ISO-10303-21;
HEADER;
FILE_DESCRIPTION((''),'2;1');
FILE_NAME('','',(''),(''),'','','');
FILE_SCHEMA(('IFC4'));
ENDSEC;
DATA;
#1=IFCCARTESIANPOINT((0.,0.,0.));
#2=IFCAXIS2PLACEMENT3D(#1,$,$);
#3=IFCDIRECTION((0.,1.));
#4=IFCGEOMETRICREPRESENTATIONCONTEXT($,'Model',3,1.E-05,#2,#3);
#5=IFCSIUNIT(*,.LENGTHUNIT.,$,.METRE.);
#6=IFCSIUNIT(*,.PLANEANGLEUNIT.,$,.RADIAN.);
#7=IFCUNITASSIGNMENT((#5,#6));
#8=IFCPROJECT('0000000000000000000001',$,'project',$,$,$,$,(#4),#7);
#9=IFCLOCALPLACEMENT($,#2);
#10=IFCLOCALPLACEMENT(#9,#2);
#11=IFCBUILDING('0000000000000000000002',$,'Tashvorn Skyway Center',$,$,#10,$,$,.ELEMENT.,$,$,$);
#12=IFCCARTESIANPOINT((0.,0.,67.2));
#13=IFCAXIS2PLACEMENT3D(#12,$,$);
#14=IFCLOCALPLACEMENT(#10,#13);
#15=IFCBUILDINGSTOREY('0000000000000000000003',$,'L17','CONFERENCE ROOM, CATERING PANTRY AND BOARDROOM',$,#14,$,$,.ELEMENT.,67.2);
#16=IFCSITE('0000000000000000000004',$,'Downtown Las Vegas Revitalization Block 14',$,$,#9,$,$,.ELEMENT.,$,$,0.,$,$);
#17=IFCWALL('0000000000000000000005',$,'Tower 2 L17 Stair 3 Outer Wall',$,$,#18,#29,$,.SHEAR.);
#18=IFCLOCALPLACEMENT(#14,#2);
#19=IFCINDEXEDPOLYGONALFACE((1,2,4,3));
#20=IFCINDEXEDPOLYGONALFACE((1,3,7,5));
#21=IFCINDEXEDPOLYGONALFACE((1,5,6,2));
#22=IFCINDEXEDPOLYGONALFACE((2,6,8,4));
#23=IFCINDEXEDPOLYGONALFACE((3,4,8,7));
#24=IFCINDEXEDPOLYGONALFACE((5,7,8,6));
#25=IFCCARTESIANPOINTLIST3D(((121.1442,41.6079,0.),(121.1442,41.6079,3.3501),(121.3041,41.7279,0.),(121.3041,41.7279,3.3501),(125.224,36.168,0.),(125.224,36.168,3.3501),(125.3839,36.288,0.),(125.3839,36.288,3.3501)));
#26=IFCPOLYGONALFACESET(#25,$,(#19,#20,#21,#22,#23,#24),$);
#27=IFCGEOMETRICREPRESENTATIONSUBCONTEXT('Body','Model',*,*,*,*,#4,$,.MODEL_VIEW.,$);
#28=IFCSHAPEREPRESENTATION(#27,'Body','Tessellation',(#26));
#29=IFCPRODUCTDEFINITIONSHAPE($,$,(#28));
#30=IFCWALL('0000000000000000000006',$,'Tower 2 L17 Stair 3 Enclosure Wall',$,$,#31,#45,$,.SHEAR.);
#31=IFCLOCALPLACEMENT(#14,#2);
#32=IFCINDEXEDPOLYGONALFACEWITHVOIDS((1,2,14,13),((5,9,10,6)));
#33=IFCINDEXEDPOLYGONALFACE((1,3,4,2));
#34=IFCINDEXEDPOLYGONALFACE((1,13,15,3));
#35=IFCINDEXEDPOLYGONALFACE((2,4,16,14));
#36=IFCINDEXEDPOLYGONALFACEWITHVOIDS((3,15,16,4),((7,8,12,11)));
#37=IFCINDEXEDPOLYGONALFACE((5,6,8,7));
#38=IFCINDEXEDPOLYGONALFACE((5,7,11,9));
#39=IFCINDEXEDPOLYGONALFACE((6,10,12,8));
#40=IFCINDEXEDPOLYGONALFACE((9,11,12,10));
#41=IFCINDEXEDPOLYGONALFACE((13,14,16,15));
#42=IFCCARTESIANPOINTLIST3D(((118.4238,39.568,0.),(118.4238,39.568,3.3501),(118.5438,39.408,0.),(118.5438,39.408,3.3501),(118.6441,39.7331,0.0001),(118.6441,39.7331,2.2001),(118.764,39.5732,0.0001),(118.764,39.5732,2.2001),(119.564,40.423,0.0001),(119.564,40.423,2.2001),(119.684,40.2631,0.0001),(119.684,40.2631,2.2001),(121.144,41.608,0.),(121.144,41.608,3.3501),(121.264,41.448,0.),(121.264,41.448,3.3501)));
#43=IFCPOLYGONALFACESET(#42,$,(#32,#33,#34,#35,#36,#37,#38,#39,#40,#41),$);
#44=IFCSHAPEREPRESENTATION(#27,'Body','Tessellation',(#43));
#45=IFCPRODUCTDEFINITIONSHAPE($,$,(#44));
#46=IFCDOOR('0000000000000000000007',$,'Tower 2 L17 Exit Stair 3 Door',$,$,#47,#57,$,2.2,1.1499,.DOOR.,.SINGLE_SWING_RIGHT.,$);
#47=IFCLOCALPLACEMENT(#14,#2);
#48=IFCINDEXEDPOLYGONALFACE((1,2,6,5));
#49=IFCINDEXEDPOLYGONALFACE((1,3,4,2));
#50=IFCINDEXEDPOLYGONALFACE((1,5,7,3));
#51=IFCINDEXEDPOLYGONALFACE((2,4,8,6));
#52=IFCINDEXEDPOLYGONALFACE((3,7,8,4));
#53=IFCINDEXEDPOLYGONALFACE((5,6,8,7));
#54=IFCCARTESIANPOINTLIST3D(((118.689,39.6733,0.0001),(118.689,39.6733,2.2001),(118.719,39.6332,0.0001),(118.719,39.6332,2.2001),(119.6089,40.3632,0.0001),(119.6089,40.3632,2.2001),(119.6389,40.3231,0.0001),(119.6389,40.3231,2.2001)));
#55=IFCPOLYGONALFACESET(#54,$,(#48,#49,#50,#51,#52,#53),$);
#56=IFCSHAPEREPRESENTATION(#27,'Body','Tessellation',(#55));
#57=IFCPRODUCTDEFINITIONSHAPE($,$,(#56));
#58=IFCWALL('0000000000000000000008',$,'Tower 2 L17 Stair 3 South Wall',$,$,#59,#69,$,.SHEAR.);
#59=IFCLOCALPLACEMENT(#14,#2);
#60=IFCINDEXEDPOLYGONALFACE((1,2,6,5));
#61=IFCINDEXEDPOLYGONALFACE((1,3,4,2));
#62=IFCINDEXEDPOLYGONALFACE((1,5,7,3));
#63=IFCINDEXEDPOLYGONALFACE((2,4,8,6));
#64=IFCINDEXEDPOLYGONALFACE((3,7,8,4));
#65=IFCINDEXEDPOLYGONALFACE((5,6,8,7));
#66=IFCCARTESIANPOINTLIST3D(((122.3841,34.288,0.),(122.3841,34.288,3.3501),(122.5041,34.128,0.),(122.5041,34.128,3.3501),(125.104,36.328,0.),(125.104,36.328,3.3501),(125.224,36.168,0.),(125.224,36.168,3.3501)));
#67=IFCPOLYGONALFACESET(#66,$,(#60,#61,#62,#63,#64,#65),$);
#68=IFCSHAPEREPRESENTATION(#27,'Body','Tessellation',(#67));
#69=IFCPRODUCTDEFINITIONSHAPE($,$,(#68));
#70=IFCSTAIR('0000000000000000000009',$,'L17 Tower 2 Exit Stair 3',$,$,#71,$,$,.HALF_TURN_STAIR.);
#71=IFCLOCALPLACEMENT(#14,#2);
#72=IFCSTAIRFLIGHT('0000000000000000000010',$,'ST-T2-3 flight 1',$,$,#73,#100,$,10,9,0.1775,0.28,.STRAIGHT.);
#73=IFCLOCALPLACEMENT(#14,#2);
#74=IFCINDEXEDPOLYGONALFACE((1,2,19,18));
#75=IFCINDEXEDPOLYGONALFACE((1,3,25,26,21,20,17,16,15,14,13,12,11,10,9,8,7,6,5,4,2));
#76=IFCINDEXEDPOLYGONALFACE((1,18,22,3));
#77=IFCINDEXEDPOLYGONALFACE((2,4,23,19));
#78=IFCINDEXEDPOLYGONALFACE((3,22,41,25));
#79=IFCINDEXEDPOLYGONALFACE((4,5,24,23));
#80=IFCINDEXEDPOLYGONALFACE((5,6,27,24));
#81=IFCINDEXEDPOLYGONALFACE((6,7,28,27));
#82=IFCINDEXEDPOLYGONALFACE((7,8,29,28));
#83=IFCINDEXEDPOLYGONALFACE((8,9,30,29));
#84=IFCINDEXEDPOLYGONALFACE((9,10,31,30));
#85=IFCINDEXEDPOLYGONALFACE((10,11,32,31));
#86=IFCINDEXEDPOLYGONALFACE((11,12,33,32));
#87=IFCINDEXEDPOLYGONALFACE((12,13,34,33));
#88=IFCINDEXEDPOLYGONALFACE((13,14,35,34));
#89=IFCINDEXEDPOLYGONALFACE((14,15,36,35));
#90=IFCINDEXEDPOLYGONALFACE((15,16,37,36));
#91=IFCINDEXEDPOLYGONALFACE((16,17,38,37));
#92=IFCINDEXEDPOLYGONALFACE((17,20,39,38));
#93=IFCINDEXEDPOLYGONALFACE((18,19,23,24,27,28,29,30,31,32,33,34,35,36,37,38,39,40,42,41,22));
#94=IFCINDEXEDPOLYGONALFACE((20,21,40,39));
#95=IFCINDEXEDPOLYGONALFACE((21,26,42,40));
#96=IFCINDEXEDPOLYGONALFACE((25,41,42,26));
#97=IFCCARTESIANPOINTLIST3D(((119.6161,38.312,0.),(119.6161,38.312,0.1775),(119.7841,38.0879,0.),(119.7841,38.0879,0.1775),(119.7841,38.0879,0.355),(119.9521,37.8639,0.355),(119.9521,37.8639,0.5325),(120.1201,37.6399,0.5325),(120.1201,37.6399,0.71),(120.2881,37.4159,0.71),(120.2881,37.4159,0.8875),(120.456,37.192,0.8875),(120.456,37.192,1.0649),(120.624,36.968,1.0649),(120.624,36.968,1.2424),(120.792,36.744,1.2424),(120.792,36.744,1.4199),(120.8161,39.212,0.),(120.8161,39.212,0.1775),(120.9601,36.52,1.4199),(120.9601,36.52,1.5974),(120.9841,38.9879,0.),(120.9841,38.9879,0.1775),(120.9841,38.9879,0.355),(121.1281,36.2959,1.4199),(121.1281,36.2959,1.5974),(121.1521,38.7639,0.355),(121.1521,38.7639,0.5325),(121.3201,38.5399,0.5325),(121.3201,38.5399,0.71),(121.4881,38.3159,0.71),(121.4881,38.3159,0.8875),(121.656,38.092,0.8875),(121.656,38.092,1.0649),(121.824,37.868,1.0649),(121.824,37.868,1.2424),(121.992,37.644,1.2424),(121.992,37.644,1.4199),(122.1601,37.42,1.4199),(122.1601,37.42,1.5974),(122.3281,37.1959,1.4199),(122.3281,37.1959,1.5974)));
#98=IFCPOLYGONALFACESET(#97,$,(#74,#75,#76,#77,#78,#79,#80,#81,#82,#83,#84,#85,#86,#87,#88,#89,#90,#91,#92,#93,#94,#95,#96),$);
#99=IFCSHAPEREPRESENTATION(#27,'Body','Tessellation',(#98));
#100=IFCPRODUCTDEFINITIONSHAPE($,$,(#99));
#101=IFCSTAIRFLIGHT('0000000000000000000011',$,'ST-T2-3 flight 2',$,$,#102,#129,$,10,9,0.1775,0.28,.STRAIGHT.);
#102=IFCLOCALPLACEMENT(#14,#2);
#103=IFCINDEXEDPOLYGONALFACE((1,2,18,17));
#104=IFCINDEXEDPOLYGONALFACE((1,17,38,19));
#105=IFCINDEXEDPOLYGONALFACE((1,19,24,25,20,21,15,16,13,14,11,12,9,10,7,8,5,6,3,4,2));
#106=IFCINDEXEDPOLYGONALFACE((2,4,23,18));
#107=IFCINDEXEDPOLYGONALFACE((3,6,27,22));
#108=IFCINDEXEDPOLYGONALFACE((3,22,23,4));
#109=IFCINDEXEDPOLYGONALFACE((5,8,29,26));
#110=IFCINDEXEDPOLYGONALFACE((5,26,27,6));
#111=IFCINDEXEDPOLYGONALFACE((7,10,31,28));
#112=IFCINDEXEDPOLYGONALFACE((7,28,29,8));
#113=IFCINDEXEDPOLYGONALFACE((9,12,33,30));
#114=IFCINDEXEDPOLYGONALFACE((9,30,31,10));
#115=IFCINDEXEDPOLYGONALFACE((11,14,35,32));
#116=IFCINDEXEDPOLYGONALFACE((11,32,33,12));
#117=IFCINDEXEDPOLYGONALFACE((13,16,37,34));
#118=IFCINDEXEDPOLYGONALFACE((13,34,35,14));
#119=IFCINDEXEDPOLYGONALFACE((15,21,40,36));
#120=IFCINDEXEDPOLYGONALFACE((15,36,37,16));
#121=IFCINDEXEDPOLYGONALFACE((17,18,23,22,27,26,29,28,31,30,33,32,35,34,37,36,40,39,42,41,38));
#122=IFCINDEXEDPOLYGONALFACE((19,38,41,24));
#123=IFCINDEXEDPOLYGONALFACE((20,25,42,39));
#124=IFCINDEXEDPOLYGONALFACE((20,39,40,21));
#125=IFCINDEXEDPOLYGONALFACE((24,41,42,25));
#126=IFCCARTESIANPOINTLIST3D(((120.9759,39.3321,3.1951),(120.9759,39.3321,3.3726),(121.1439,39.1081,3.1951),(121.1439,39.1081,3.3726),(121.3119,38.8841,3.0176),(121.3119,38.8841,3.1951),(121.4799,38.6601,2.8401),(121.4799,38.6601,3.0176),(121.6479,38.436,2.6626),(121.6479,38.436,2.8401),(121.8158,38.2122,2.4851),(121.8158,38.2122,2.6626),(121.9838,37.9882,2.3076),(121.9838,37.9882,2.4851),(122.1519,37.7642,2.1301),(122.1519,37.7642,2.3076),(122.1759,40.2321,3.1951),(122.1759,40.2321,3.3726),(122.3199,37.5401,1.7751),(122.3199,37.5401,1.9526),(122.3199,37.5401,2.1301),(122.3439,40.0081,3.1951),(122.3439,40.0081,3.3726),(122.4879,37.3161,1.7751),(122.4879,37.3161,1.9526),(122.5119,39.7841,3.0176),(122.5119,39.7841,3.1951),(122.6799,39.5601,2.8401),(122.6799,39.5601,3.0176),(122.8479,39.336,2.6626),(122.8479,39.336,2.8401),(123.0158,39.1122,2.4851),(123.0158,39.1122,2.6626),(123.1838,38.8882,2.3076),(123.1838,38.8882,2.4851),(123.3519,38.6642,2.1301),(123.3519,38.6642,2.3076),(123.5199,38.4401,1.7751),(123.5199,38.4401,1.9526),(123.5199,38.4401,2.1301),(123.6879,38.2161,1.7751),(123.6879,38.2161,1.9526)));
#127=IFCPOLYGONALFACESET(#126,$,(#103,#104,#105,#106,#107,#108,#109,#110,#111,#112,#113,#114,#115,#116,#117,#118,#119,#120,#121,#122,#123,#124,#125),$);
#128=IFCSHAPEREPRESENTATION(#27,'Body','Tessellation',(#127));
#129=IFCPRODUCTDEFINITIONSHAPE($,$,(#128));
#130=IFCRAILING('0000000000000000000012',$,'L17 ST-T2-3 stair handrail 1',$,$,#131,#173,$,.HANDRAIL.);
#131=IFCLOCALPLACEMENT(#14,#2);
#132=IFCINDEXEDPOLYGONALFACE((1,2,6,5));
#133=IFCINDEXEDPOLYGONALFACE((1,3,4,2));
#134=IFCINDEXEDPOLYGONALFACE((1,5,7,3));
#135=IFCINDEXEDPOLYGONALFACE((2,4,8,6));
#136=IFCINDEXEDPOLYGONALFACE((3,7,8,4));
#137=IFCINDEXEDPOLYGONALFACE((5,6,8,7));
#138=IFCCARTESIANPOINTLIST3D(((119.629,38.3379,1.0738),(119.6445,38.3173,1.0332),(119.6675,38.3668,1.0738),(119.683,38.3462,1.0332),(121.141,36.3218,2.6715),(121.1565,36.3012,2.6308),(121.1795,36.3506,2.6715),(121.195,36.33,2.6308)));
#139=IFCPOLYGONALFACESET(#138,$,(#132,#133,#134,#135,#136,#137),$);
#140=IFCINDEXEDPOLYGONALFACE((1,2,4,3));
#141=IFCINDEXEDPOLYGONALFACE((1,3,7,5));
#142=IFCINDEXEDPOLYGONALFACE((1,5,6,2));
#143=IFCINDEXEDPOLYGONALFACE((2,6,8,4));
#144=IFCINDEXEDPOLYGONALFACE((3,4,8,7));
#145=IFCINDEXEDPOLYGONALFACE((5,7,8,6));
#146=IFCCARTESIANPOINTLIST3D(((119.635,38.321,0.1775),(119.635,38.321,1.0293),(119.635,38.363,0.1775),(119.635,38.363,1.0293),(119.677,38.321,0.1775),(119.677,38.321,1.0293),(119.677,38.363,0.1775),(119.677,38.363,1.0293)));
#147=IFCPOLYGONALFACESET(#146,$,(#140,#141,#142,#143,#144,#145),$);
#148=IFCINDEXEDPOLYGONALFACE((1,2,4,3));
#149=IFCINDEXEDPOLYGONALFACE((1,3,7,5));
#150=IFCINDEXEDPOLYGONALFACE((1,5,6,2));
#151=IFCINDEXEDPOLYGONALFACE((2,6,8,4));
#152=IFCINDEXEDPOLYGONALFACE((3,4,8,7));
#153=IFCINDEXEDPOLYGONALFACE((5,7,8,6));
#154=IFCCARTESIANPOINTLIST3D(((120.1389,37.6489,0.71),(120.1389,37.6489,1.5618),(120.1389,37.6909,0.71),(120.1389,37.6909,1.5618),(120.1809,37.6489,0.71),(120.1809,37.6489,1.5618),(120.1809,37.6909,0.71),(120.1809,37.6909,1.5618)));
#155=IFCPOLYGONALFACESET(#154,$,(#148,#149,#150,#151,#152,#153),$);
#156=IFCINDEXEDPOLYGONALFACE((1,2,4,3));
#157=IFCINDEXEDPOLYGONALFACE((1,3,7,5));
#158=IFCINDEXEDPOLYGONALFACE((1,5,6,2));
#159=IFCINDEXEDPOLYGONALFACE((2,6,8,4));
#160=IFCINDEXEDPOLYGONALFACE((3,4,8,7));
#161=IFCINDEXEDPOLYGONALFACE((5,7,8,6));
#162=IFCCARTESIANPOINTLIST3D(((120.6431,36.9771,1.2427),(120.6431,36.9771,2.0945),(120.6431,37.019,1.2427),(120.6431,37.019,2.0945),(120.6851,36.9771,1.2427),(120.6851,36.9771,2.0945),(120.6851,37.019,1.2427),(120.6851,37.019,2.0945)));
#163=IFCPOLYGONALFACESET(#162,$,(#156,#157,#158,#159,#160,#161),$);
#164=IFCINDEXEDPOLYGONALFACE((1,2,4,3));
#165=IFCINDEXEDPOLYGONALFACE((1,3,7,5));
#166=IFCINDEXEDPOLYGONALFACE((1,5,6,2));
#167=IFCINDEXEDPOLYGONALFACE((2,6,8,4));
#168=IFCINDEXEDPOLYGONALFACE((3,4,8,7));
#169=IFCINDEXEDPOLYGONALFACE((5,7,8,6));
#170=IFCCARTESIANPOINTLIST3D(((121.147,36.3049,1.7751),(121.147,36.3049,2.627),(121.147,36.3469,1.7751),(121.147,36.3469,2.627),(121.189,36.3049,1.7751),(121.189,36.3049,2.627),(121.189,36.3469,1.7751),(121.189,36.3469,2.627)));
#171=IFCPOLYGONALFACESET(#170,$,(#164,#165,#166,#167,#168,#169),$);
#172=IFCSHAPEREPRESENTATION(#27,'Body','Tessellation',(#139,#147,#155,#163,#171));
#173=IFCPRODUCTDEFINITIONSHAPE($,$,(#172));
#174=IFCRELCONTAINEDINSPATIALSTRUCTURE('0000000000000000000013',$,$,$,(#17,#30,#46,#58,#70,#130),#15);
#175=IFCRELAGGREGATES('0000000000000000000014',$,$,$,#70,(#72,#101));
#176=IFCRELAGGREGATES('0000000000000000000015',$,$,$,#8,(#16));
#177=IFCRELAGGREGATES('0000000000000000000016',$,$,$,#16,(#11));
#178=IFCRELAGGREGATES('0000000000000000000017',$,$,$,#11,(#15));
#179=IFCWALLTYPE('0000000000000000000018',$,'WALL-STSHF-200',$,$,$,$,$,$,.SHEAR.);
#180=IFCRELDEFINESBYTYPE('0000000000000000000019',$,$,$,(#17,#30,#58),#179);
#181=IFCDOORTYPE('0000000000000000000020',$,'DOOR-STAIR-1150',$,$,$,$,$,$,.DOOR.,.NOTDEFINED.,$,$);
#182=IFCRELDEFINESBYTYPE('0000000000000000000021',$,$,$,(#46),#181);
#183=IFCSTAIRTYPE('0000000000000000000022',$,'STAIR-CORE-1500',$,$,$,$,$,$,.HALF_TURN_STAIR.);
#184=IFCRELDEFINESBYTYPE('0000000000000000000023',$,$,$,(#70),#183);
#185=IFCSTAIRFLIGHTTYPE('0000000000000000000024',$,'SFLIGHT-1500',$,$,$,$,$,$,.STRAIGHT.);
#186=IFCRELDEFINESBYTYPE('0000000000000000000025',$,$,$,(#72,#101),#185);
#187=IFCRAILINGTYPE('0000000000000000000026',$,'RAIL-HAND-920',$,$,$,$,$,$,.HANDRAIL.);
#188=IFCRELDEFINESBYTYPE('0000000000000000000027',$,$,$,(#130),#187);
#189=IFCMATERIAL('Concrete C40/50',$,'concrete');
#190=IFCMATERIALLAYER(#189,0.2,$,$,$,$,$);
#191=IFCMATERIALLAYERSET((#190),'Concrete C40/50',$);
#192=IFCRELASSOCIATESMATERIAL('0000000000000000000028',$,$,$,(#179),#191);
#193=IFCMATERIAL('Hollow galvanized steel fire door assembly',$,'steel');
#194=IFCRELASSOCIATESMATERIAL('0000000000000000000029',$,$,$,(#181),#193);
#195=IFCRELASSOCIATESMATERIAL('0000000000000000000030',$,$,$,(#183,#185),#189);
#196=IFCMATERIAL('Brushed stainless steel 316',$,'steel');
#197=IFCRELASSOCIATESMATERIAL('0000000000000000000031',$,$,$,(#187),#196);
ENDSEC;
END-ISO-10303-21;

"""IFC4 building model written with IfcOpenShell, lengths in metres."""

from ifc_helpers import new_model, si_unit, direction, frame, frame_2d, origin, origin_2d, place, context, subcontext, project, spatial, polyline, rectangle, outline, extrude, material, layer, layer_set, type_object, element, fill, aggregate, save


model = new_model("IFC4")

# Units and contexts
model_context = context("Model", 3, precision=1e-05, world=origin(), true_north=direction((0.0, 1.0)))
body_context = subcontext(model_context, "Body", "Model", "MODEL_VIEW")
ifc_project = project(units=[si_unit("LENGTHUNIT", "METRE"), si_unit("PLANEANGLEUNIT", "RADIAN")], contexts=[model_context])

# Site, building, storey
site_placement = place(None, origin())
site = spatial("IfcSite", under=ifc_project, at=site_placement, Name="Downtown Las Vegas Revitalization Block 14", CompositionType="ELEMENT", RefElevation=0.0)
building_placement = place(site_placement, origin())
building = spatial("IfcBuilding", under=site, at=building_placement, Name="Tashvorn Skyway Center", CompositionType="ELEMENT")
storey_placement = place(building_placement, frame((0.0, 0.0, 67.2)))
storey = spatial("IfcBuildingStorey", under=building, at=storey_placement, Name="L17", Description="CONFERENCE ROOM, CATERING PANTRY AND BOARDROOM", CompositionType="ELEMENT", Elevation=67.2)

# Shared definitions
ifc_material_1 = material(Name="Concrete C40/50", Category="concrete")

# Shared definitions
ifc_layer_1 = layer(ifc_material_1, 0.2)
ifc_layer_set_1 = layer_set([ifc_layer_1], Name="Concrete C40/50")
wall_type_1 = type_object("IfcWallType", Name="WALL-STSHF-200", PredefinedType="SHEAR", material=ifc_layer_set_1)
ifc_material_2 = material(Name="Hollow galvanized steel fire door assembly", Category="steel")
door_type = type_object("IfcDoorType", Name="DOOR-STAIR-1150", OperationType="NOTDEFINED", PredefinedType="DOOR", material=ifc_material_2)

# Wall
wall_1_placement = place(storey_placement, frame((125.304, 36.228, 0.0), z_axis=(0.0, 0.0, 1.0), x_axis=(-0.599989, 0.800009, 0.0)))
element("IfcWall", 1, at=wall_1_placement, inside=storey, type_object=wall_type_1, Name="Tower 2 L17 Stair 3 Outer Wall", PredefinedType="SHEAR", context=body_context, shape_type="SweptSolid", body=[
    extrude(rectangle(XDim=6.7998, YDim=0.2, at=frame_2d((3.3999, 0.0))), origin(), (0.0, 0.0, 1.0), 3.3501),
])

# Wall, opening, door
wall_2_placement = place(storey_placement, frame((121.2041, 41.5281, 0.0), z_axis=(0.0, 0.0, 1.0), x_axis=(-0.800017, -0.599977, 0.0)))
wall_2 = element("IfcWall", 2, at=wall_2_placement, inside=storey, type_object=wall_type_1, Name="Tower 2 L17 Stair 3 Enclosure Wall", PredefinedType="SHEAR", context=body_context, shape_type="SweptSolid", body=[
    extrude(rectangle(XDim=3.4001, YDim=0.2, at=frame_2d((1.7002, 0.0))), origin(), (0.0, 0.0, 1.0), 3.3501),
])
opening_1_placement = place(wall_2_placement, frame((1.9751, 0.0, 0.0)))
opening_1 = element("IfcOpeningElement", 3, at=opening_1_placement, cuts=wall_2, PredefinedType="OPENING", context=body_context, shape_type="SweptSolid", body=[
    extrude(rectangle(XDim=1.1499, YDim=2.2, at=frame_2d((0.575, 1.1001))), frame((0.0, 0.1099, 0.0), z_axis=(0.0, -1.0, 0.0), x_axis=(1.0, 0.0, 0.0)), (0.0, 0.0, 1.0), 0.22),
])
door_1_placement = place(opening_1_placement, origin())
door_1 = element("IfcDoor", 4, at=door_1_placement, inside=storey, type_object=door_type, Name="Tower 2 L17 Exit Stair 3 Door", OperationType="SINGLE_SWING_RIGHT", OverallHeight=2.2, OverallWidth=1.1499, PredefinedType="DOOR", context=body_context, shape_type="SweptSolid", body=[
    extrude(rectangle(XDim=1.1499, YDim=2.2, at=frame_2d((0.575, 1.1001))), frame((0.0, 0.0249, 0.0), z_axis=(0.0, -1.0, 0.0), x_axis=(1.0, 0.0, 0.0)), (0.0, 0.0, 1.0), 0.05),
])
fill(opening_1, door_1)

# Wall
wall_3_placement = place(storey_placement, frame((122.4441, 34.208, 0.0), z_axis=(0.0, 0.0, 1.0), x_axis=(0.799991, 0.600011, 0.0)))
element("IfcWall", 5, at=wall_3_placement, inside=storey, type_object=wall_type_1, Name="Tower 2 L17 Stair 3 South Wall", PredefinedType="SHEAR", context=body_context, shape_type="SweptSolid", body=[
    extrude(rectangle(XDim=3.3999, YDim=0.2, at=frame_2d((1.7, 0.0))), origin(), (0.0, 0.0, 1.0), 3.3501),
])

# Stair, stair flights
stair_type = type_object("IfcStairType", Name="STAIR-CORE-1500", PredefinedType="HALF_TURN_STAIR", material=ifc_material_1)
stair_placement = place(storey_placement, origin())
stair = element("IfcStair", 6, at=stair_placement, inside=storey, type_object=stair_type, Name="L17 Tower 2 Exit Stair 3", PredefinedType="HALF_TURN_STAIR")
stair_flight_type = type_object("IfcStairFlightType", Name="SFLIGHT-1500", PredefinedType="STRAIGHT", material=ifc_material_1)
stair_flight_1_placement = place(storey_placement, frame((120.2161, 38.762, 0.0), z_axis=(0.0, 0.0, 1.0), x_axis=(0.6, -0.8, 0.0)))
stair_flight_1 = element("IfcStairFlight", 7, at=stair_flight_1_placement, type_object=stair_flight_type, Name="ST-T2-3 flight 1", NumberOfRisers=10, NumberOfTreads=9, PredefinedType="STRAIGHT", RiserHeight=0.1775, TreadLength=0.28, context=body_context, shape_type="SweptSolid", body=[
    extrude(outline(polyline([(0.0, 0.0), (0.0, 0.1775), (0.28, 0.1775), (0.28, 0.355), (0.5601, 0.355), (0.5601, 0.5325), (0.8401, 0.5325), (0.8401, 0.71), (1.1201, 0.71), (1.1201, 0.8875), (1.3999, 0.8875), (1.3999, 1.0649), (1.6799, 1.0649), (1.6799, 1.2424), (1.96, 1.2424), (1.96, 1.4199), (2.24, 1.4199), (2.24, 1.5974), (2.52, 1.5974), (2.52, 1.7749), (2.52, 1.4199), (0.28, 0.0), (0.0, 0.0)])), frame((0.0, 0.75, 0.0), z_axis=(0.0, -1.0, 0.0), x_axis=(1.0, 0.0, 0.0)), (0.0, 0.0, 1.0), 1.5),
])
stair_flight_2_placement = place(storey_placement, frame((123.0879, 37.7661, 1.7751), z_axis=(0.0, 0.0, 1.0), x_axis=(-0.6, 0.8, 0.0)))
stair_flight_2 = element("IfcStairFlight", 8, at=stair_flight_2_placement, type_object=stair_flight_type, Name="ST-T2-3 flight 2", NumberOfRisers=10, NumberOfTreads=9, PredefinedType="STRAIGHT", RiserHeight=0.1775, TreadLength=0.28, context=body_context, shape_type="SweptSolid", body=[
    extrude(outline(polyline([(0.0, 0.0), (0.0, 0.1775), (0.28, 0.1775), (0.28, 0.355), (0.5601, 0.355), (0.5601, 0.5325), (0.8401, 0.5325), (0.8401, 0.71), (1.1201, 0.71), (1.1201, 0.8875), (1.3999, 0.8875), (1.3999, 1.0649), (1.6799, 1.0649), (1.6799, 1.2424), (1.96, 1.2424), (1.96, 1.4199), (2.24, 1.4199), (2.24, 1.5974), (2.52, 1.5974), (2.52, 1.7749), (2.52, 1.4199), (0.28, 0.0), (0.0, 0.0)])), frame((0.0, 0.75, 0.0), z_axis=(0.0, -1.0, 0.0), x_axis=(1.0, 0.0, 0.0)), (0.0, 0.0, 1.0), 1.5),
])
aggregate(stair, [stair_flight_1, stair_flight_2])

# Railing
ifc_material_3 = material(Name="Brushed stainless steel 316", Category="steel")
railing_type_1 = type_object("IfcRailingType", Name="RAIL-HAND-920", PredefinedType="HANDRAIL", material=ifc_material_3)
railing_1_placement = place(storey_placement, frame((119.656, 38.342, 0.1775)))
element("IfcRailing", 9, at=railing_1_placement, inside=storey, type_object=railing_type_1, Name="L17 ST-T2-3 stair handrail 1", PredefinedType="HANDRAIL", context=body_context, shape_type="SweptSolid", body=[
    extrude(rectangle(XDim=0.0481, YDim=0.0481, at=origin_2d()), frame((0.0, 0.0, 0.876), z_axis=(0.506719, -0.675679, 0.535438), x_axis=(0.800023, 0.599969, 0.0)), (0.0, 0.0, 1.0), 2.9839),
    extrude(rectangle(XDim=0.042, YDim=0.042, at=origin_2d()), origin(), (0.0, 0.0, 1.0), 0.8518),
    extrude(rectangle(XDim=0.042, YDim=0.042, at=origin_2d()), frame((0.5039, -0.6721, 0.5325)), (0.0, 0.0, 1.0), 0.8518),
    extrude(rectangle(XDim=0.042, YDim=0.042, at=origin_2d()), frame((1.0081, -1.344, 1.0652)), (0.0, 0.0, 1.0), 0.8518),
    extrude(rectangle(XDim=0.042, YDim=0.042, at=origin_2d()), frame((1.512, -2.0161, 1.5977)), (0.0, 0.0, 1.0), 0.8518),
])

save(model, "model.ifc")
